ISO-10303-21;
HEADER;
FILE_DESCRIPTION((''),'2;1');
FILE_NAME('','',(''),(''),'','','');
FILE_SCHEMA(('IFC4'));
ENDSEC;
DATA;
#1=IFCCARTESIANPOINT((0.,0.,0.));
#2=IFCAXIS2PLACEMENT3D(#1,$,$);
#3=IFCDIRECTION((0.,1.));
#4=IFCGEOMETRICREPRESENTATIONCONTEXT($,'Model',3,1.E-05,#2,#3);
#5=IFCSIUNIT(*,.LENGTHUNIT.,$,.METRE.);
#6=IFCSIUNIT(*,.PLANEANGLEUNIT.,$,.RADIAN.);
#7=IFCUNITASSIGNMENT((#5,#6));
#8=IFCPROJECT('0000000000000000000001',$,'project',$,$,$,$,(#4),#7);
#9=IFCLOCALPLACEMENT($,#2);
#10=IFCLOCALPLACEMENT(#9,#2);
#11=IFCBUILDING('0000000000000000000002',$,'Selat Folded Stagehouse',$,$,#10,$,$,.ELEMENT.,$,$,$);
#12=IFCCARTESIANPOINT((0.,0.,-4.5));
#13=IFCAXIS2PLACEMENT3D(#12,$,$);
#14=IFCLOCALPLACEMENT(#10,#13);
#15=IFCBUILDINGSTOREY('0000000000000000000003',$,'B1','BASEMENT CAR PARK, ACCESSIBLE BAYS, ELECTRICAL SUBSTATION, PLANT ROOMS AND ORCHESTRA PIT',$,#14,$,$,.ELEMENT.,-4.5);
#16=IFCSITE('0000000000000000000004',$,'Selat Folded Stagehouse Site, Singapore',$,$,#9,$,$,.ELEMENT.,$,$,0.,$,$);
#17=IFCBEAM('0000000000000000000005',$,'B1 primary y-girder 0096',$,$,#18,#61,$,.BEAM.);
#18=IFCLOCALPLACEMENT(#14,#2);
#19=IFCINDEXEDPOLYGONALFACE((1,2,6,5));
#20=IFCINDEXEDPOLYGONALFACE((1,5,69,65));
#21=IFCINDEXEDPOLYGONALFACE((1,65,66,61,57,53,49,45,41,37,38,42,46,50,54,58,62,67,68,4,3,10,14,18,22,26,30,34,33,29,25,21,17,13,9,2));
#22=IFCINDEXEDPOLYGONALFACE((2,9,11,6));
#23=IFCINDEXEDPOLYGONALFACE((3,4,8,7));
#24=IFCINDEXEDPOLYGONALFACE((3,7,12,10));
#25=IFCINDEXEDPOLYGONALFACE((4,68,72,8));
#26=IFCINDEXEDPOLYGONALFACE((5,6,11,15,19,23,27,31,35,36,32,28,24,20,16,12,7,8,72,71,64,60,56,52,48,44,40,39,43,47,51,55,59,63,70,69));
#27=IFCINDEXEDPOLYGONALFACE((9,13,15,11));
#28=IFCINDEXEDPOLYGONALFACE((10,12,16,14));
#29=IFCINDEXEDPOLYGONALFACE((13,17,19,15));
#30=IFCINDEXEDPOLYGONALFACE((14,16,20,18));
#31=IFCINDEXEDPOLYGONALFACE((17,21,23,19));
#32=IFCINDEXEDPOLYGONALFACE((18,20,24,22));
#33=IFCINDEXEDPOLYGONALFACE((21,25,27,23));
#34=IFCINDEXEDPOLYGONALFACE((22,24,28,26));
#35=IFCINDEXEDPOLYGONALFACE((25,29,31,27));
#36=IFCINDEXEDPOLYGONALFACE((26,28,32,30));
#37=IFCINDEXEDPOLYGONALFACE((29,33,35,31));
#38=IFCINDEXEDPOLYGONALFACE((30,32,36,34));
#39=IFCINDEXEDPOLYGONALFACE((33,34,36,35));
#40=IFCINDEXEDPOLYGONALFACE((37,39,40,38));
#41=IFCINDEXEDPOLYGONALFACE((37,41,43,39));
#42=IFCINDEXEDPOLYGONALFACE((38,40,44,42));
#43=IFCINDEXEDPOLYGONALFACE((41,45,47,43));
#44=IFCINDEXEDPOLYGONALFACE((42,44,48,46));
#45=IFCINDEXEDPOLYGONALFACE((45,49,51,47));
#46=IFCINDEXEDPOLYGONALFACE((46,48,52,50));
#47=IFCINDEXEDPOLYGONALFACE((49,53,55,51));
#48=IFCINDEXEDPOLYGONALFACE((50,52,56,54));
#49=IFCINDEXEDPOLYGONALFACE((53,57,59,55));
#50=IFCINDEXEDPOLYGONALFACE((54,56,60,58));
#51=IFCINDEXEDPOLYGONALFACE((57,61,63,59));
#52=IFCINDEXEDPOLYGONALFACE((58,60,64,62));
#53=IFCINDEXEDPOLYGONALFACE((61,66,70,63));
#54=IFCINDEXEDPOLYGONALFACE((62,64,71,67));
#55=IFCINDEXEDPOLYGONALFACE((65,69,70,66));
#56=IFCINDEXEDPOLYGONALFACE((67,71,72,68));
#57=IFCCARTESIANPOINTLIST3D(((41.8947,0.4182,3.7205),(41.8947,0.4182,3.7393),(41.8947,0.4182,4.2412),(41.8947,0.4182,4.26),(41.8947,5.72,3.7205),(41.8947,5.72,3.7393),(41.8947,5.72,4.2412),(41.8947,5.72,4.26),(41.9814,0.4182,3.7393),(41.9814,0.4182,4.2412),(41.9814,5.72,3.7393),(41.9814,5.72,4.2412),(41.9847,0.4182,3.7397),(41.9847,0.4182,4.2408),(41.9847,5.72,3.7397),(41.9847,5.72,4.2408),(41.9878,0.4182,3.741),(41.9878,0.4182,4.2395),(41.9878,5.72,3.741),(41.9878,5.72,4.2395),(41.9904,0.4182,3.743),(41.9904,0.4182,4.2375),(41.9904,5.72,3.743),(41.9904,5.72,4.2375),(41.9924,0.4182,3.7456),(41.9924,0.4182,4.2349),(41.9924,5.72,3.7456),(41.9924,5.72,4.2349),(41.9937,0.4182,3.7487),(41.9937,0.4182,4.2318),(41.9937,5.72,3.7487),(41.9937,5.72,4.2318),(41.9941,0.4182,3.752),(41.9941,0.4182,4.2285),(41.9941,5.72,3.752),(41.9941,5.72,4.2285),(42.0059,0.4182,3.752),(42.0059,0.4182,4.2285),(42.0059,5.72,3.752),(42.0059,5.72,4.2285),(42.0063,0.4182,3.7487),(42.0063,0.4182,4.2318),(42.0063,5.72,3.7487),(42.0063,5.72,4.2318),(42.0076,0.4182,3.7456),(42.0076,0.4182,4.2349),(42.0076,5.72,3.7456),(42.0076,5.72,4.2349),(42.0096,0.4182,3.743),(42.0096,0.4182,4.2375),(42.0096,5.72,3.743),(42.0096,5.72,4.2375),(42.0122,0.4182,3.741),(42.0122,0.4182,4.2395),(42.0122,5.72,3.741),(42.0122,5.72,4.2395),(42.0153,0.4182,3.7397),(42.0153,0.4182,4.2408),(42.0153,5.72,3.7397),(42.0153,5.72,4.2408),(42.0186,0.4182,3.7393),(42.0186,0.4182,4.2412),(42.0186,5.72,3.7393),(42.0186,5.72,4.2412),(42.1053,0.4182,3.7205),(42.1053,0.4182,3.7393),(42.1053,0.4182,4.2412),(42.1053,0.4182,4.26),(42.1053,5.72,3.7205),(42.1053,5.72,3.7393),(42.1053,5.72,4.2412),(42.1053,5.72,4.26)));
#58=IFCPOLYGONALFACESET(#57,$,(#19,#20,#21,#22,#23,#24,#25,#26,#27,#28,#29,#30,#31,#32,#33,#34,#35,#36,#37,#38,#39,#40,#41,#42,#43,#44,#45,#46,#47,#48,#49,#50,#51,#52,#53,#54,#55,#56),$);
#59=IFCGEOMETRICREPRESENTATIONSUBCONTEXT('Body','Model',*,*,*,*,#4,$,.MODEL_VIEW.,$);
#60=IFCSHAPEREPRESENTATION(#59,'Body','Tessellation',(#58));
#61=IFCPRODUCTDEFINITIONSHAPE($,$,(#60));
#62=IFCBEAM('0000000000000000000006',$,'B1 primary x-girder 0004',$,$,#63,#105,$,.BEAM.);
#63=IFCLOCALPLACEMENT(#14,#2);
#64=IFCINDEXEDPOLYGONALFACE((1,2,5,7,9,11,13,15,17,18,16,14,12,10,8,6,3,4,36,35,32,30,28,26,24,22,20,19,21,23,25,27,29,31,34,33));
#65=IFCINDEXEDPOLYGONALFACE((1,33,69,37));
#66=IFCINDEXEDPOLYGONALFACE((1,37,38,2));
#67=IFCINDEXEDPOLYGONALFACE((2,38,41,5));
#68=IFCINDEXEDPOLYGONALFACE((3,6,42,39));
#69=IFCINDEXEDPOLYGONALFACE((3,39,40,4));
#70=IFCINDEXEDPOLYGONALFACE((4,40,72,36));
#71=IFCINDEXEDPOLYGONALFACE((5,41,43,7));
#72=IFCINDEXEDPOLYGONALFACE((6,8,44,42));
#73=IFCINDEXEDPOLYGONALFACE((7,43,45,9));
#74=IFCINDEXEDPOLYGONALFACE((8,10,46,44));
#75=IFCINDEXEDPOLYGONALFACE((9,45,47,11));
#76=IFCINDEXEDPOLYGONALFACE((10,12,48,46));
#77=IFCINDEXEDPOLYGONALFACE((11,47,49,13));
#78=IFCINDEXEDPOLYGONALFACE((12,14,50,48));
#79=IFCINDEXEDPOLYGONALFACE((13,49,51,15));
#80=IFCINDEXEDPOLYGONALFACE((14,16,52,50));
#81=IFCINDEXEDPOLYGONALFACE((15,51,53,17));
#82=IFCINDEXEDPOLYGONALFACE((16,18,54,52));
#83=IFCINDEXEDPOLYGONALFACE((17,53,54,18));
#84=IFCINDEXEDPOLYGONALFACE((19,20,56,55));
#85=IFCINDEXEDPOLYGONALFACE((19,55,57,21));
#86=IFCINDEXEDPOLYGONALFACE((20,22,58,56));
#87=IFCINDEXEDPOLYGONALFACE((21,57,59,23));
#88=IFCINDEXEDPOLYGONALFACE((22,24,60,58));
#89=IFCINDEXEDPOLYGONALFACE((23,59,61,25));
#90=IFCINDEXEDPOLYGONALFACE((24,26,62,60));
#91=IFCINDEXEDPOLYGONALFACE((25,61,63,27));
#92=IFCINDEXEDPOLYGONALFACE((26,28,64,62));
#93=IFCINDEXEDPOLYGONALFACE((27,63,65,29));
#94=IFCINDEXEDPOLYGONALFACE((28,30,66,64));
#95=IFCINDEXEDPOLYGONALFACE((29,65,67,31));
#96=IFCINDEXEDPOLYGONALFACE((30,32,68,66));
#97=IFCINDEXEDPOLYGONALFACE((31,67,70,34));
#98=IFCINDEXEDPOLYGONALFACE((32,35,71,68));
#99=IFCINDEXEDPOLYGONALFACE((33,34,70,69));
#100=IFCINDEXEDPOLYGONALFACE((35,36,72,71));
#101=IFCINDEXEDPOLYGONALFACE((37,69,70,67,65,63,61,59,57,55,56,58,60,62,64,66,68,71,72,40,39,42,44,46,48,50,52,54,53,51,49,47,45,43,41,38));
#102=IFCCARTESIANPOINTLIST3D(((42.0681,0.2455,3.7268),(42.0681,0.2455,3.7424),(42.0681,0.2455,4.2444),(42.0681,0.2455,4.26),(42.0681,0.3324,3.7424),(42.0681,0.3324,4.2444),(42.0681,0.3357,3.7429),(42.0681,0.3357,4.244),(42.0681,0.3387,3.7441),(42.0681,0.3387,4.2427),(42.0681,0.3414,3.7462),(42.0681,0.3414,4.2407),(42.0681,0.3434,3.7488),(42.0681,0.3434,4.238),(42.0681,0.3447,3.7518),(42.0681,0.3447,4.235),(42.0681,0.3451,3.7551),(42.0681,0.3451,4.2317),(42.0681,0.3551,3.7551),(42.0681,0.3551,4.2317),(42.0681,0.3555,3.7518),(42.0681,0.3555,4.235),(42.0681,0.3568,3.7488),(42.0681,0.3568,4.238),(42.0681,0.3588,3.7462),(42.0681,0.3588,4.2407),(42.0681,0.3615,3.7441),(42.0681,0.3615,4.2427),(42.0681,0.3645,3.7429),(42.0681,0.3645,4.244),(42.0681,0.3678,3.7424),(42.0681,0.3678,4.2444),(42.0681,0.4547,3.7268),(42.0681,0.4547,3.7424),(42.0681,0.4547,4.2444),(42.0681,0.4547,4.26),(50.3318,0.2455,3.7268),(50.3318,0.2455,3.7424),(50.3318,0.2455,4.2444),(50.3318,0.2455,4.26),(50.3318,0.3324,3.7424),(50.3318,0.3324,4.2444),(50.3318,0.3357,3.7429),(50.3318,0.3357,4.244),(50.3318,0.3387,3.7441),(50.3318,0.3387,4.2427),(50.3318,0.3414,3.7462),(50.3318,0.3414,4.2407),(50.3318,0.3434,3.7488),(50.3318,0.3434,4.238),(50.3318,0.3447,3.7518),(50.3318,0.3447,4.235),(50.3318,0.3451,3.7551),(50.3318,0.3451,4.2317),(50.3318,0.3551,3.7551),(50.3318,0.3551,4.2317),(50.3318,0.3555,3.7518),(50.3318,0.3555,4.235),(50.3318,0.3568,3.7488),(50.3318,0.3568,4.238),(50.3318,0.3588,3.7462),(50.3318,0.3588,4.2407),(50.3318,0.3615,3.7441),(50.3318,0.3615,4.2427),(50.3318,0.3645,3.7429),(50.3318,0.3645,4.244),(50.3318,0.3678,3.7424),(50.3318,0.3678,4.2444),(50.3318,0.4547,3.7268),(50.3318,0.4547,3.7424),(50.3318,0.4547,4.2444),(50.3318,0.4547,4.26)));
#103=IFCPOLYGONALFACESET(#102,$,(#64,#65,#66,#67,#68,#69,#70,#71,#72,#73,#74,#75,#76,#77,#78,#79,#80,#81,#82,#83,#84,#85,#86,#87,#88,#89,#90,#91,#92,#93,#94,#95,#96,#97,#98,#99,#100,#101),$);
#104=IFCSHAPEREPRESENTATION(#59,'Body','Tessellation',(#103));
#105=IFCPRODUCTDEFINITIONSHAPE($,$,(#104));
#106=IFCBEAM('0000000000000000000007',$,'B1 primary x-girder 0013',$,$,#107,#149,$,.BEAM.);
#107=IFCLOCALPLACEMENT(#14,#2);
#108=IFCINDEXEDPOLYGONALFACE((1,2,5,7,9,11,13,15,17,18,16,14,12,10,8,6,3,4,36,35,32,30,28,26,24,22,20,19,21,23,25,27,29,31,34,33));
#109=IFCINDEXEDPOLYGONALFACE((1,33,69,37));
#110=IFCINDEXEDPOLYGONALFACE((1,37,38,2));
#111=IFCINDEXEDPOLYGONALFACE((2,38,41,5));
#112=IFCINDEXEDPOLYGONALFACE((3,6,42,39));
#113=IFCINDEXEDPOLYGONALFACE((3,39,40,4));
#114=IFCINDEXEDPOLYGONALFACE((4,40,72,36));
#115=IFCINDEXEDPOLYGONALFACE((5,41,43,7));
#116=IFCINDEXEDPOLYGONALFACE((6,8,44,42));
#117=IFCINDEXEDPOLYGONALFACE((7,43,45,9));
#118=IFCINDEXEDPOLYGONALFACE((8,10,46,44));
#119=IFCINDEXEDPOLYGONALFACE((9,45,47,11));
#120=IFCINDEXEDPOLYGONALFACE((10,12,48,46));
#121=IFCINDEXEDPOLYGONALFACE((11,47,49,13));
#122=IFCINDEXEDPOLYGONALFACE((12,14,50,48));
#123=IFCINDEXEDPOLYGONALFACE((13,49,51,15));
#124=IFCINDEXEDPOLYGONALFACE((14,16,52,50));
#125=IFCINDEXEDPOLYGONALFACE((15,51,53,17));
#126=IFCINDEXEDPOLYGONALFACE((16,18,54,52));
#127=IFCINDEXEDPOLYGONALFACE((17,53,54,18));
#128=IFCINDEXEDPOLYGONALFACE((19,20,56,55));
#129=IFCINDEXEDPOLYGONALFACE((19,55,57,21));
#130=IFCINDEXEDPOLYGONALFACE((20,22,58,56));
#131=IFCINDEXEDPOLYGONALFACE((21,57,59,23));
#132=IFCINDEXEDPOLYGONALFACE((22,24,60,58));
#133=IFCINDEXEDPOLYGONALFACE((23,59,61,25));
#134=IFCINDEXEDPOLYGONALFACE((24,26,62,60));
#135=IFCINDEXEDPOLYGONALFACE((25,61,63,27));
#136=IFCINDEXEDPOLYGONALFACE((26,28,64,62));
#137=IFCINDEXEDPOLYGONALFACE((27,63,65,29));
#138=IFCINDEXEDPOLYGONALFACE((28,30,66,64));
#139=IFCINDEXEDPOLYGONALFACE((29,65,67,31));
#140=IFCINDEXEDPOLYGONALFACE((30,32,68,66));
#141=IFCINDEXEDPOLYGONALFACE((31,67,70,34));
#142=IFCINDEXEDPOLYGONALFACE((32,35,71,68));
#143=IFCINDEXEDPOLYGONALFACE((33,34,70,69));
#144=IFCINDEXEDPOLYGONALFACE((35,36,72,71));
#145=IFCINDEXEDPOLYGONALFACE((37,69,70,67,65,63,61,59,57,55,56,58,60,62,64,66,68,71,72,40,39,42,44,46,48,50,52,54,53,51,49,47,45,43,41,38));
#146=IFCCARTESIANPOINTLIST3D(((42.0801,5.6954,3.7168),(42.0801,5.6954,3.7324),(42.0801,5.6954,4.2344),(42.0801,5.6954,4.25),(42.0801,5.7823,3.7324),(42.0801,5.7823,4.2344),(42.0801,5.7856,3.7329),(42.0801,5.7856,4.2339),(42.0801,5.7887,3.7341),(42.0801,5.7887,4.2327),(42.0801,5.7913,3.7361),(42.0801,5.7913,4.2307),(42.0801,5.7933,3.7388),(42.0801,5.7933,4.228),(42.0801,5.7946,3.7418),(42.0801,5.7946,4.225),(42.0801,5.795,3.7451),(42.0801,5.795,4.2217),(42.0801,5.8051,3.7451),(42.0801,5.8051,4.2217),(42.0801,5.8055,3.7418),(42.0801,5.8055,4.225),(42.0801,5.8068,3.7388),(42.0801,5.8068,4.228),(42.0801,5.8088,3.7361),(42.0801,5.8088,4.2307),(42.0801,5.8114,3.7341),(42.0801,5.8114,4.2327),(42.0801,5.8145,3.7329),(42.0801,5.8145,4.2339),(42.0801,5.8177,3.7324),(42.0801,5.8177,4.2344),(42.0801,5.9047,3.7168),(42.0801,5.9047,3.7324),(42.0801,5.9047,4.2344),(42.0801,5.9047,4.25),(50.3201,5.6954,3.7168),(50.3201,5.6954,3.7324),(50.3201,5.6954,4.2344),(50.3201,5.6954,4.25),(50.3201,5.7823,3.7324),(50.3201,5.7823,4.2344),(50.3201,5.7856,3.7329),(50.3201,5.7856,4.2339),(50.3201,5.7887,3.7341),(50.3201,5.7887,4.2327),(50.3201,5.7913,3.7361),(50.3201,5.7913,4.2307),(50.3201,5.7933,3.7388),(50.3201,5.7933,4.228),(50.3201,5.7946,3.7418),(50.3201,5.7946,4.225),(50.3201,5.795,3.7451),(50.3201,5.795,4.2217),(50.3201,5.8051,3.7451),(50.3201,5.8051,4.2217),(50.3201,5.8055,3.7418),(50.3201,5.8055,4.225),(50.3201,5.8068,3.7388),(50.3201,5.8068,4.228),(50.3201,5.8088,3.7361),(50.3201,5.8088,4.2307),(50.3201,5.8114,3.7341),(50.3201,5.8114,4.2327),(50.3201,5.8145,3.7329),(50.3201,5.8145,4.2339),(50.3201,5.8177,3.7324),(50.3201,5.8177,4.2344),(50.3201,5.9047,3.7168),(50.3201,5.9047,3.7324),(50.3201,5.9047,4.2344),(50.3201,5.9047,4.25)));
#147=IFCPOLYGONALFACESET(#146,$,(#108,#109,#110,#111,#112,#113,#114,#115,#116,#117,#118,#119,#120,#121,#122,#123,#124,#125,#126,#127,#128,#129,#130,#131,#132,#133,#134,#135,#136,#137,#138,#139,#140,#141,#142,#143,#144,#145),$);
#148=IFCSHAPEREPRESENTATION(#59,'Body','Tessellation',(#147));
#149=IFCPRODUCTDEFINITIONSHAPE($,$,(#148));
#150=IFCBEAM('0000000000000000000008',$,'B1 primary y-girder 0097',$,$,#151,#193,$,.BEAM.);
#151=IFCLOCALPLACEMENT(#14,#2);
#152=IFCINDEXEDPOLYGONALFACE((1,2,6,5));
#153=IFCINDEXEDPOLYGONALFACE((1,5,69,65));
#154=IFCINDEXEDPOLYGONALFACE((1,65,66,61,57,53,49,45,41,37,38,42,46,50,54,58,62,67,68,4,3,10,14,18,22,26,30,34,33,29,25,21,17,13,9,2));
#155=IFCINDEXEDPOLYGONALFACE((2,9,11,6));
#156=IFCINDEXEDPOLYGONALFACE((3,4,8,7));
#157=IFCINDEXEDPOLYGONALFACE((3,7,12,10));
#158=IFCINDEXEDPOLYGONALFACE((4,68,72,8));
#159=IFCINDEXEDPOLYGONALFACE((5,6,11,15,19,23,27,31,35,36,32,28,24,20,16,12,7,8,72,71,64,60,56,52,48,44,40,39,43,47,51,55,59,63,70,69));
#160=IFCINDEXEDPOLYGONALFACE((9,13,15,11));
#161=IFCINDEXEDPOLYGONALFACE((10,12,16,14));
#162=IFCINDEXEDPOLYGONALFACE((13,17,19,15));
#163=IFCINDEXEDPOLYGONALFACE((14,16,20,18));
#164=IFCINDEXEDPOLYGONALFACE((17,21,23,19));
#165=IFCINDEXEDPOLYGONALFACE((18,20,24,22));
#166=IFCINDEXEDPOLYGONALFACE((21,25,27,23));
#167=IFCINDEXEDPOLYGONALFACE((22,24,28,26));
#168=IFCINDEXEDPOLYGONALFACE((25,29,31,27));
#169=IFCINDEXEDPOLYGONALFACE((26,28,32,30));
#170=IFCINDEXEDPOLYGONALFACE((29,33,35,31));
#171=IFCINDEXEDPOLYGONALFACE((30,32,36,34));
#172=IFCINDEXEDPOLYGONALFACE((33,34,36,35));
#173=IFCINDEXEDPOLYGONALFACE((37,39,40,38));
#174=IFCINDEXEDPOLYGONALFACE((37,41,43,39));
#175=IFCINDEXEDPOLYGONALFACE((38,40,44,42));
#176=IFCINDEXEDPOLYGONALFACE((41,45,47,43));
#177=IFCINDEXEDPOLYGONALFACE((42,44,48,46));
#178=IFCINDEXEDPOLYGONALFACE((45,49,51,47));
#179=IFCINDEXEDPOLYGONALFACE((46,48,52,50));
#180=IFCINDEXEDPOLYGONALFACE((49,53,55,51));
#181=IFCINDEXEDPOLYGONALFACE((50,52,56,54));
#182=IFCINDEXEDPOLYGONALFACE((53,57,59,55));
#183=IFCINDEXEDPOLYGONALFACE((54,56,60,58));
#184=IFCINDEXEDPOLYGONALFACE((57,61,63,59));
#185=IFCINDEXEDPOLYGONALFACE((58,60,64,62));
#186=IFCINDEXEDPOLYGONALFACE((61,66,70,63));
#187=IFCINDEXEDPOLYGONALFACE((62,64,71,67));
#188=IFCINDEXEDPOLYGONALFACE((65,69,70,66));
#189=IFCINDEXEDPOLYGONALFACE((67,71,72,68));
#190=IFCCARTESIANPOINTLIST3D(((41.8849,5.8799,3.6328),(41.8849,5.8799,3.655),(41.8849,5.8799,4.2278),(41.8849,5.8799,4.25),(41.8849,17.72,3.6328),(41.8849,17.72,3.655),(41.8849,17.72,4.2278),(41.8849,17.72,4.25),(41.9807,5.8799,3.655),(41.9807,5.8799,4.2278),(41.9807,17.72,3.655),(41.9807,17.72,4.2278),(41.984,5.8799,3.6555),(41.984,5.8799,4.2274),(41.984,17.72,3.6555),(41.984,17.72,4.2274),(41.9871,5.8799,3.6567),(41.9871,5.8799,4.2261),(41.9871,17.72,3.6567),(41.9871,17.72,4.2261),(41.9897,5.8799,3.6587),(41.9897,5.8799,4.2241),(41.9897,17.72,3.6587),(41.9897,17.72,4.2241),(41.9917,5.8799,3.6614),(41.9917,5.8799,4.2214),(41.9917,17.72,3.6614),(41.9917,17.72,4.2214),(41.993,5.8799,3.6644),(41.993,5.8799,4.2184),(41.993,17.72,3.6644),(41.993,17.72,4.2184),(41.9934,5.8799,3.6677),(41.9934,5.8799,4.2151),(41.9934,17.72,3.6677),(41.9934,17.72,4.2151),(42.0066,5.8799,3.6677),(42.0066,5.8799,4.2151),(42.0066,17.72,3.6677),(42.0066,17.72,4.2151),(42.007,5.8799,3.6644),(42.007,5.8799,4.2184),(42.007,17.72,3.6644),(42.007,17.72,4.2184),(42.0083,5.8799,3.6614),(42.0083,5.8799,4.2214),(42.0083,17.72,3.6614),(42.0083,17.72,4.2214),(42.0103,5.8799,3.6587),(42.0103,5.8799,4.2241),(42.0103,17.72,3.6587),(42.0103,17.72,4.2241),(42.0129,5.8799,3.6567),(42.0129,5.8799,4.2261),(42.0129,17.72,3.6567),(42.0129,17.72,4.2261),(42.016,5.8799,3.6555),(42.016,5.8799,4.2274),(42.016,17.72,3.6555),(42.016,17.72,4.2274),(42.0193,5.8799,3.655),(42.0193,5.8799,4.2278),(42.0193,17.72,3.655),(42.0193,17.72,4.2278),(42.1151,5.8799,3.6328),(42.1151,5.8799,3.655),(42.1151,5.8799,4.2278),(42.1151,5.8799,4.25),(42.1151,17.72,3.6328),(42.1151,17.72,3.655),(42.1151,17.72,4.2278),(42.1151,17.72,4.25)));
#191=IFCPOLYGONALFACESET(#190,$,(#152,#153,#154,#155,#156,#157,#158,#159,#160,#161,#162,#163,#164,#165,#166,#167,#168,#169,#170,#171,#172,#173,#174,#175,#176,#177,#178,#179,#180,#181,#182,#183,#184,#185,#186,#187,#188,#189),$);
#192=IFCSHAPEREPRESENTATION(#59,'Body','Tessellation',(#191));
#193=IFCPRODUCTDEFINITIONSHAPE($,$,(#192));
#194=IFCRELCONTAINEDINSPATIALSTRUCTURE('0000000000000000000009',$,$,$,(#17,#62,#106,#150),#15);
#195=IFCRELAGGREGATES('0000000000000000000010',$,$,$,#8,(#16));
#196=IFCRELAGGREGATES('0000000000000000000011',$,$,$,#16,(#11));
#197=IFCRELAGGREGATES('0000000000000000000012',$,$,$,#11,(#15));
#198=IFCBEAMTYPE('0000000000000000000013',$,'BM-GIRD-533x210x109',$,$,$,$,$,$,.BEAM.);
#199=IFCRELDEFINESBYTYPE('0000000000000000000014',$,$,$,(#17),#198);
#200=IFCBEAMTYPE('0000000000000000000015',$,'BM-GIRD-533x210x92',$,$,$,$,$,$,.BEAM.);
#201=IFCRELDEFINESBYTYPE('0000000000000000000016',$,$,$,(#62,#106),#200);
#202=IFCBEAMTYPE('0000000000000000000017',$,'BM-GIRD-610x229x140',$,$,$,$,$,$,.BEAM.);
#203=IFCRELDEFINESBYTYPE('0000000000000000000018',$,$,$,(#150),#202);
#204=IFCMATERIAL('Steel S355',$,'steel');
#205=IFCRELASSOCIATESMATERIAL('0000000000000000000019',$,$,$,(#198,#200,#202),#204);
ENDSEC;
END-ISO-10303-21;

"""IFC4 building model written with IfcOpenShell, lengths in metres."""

from ifc_helpers import new_model, si_unit, direction, frame, origin, origin_2d, place, context, subcontext, project, spatial, i_section, extrude, material, material_profile, profile_set, type_object, element, save


model = new_model("IFC4")

# Units and contexts
model_context = context("Model", 3, precision=1e-05, world=origin(), true_north=direction((0.0, 1.0)))
body_context = subcontext(model_context, "Body", "Model", "MODEL_VIEW")
ifc_project = project(units=[si_unit("LENGTHUNIT", "METRE"), si_unit("PLANEANGLEUNIT", "RADIAN")], contexts=[model_context])

# Site, building, storey
site_placement = place(None, origin())
site = spatial("IfcSite", under=ifc_project, at=site_placement, Name="Selat Folded Stagehouse Site, Singapore", CompositionType="ELEMENT", RefElevation=0.0)
building_placement = place(site_placement, origin())
building = spatial("IfcBuilding", under=site, at=building_placement, Name="Selat Folded Stagehouse", CompositionType="ELEMENT")
storey_placement = place(building_placement, frame((0.0, 0.0, -4.5)))
storey = spatial("IfcBuildingStorey", under=building, at=storey_placement, Name="B1", Description="BASEMENT CAR PARK, ACCESSIBLE BAYS, ELECTRICAL SUBSTATION, PLANT ROOMS AND ORCHESTRA PIT", CompositionType="ELEMENT", Elevation=-4.5)

# Shared definitions
ifc_material_1 = material(Name="Steel S355", Category="steel")

# Beams
ifc_material_profile_1 = material_profile(ifc_material_1, i_section(OverallWidth=0.2107, OverallDepth=0.5396, WebThickness=0.0117, FlangeThickness=0.0188, FilletRadius=0.0127, at=origin_2d()), Name="UKB 533x210x109")
ifc_profile_set_1 = profile_set([ifc_material_profile_1], Name="Steel S355")
beam_type_1 = type_object("IfcBeamType", Name="BM-GIRD-533x210x109", PredefinedType="BEAM", material=ifc_profile_set_1)
beam_1_placement = place(storey_placement, frame((42.0, 0.4182, 3.9902), z_axis=(0.0, 1.0, 0.0), x_axis=(-1.0, 0.0, 0.0)))
element("IfcBeam", 1, at=beam_1_placement, inside=storey, type_object=beam_type_1, Name="B1 primary y-girder 0096", PredefinedType="BEAM", context=body_context, shape_type="SweptSolid", body=[
    extrude(i_section(OverallWidth=0.2107, OverallDepth=0.5396, WebThickness=0.0117, FlangeThickness=0.0188, FilletRadius=0.0127, at=origin_2d()), origin(), (0.0, 0.0, 1.0), 5.3018),
])
ifc_material_profile_2 = material_profile(ifc_material_1, i_section(OverallWidth=0.2092, OverallDepth=0.5332, WebThickness=0.01, FlangeThickness=0.0156, FilletRadius=0.0127, at=origin_2d()), Name="UKB 533x210x92")
ifc_profile_set_2 = profile_set([ifc_material_profile_2], Name="Steel S355")
beam_type_2 = type_object("IfcBeamType", Name="BM-GIRD-533x210x92", PredefinedType="BEAM", material=ifc_profile_set_2)
beam_2_placement = place(storey_placement, frame((42.0681, 0.3501, 3.9934), z_axis=(1.0, 0.0, 0.0), x_axis=(0.0, 1.0, 0.0)))
element("IfcBeam", 2, at=beam_2_placement, inside=storey, type_object=beam_type_2, Name="B1 primary x-girder 0004", PredefinedType="BEAM", context=body_context, shape_type="SweptSolid", body=[
    extrude(i_section(OverallWidth=0.2092, OverallDepth=0.5332, WebThickness=0.01, FlangeThickness=0.0156, FilletRadius=0.0127, at=origin_2d()), origin(), (0.0, 0.0, 1.0), 8.2637),
])
beam_3_placement = place(storey_placement, frame((42.0801, 5.8, 3.9834), z_axis=(1.0, 0.0, 0.0), x_axis=(0.0, 1.0, 0.0)))
element("IfcBeam", 3, at=beam_3_placement, inside=storey, type_object=beam_type_2, Name="B1 primary x-girder 0013", PredefinedType="BEAM", context=body_context, shape_type="SweptSolid", body=[
    extrude(i_section(OverallWidth=0.2092, OverallDepth=0.5332, WebThickness=0.01, FlangeThickness=0.0156, FilletRadius=0.0127, at=origin_2d()), origin(), (0.0, 0.0, 1.0), 8.24),
])
ifc_material_profile_3 = material_profile(ifc_material_1, i_section(OverallWidth=0.2302, OverallDepth=0.6172, WebThickness=0.0132, FlangeThickness=0.0222, FilletRadius=0.0127, at=origin_2d()), Name="UKB 610x229x140")
ifc_profile_set_3 = profile_set([ifc_material_profile_3], Name="Steel S355")
beam_type_3 = type_object("IfcBeamType", Name="BM-GIRD-610x229x140", PredefinedType="BEAM", material=ifc_profile_set_3)
beam_4_placement = place(storey_placement, frame((42.0, 5.8799, 3.9414), z_axis=(0.0, 1.0, 0.0), x_axis=(-1.0, 0.0, 0.0)))
element("IfcBeam", 4, at=beam_4_placement, inside=storey, type_object=beam_type_3, Name="B1 primary y-girder 0097", PredefinedType="BEAM", context=body_context, shape_type="SweptSolid", body=[
    extrude(i_section(OverallWidth=0.2302, OverallDepth=0.6172, WebThickness=0.0132, FlangeThickness=0.0222, FilletRadius=0.0127, at=origin_2d()), origin(), (0.0, 0.0, 1.0), 11.8401),
])

save(model, "model.ifc")
